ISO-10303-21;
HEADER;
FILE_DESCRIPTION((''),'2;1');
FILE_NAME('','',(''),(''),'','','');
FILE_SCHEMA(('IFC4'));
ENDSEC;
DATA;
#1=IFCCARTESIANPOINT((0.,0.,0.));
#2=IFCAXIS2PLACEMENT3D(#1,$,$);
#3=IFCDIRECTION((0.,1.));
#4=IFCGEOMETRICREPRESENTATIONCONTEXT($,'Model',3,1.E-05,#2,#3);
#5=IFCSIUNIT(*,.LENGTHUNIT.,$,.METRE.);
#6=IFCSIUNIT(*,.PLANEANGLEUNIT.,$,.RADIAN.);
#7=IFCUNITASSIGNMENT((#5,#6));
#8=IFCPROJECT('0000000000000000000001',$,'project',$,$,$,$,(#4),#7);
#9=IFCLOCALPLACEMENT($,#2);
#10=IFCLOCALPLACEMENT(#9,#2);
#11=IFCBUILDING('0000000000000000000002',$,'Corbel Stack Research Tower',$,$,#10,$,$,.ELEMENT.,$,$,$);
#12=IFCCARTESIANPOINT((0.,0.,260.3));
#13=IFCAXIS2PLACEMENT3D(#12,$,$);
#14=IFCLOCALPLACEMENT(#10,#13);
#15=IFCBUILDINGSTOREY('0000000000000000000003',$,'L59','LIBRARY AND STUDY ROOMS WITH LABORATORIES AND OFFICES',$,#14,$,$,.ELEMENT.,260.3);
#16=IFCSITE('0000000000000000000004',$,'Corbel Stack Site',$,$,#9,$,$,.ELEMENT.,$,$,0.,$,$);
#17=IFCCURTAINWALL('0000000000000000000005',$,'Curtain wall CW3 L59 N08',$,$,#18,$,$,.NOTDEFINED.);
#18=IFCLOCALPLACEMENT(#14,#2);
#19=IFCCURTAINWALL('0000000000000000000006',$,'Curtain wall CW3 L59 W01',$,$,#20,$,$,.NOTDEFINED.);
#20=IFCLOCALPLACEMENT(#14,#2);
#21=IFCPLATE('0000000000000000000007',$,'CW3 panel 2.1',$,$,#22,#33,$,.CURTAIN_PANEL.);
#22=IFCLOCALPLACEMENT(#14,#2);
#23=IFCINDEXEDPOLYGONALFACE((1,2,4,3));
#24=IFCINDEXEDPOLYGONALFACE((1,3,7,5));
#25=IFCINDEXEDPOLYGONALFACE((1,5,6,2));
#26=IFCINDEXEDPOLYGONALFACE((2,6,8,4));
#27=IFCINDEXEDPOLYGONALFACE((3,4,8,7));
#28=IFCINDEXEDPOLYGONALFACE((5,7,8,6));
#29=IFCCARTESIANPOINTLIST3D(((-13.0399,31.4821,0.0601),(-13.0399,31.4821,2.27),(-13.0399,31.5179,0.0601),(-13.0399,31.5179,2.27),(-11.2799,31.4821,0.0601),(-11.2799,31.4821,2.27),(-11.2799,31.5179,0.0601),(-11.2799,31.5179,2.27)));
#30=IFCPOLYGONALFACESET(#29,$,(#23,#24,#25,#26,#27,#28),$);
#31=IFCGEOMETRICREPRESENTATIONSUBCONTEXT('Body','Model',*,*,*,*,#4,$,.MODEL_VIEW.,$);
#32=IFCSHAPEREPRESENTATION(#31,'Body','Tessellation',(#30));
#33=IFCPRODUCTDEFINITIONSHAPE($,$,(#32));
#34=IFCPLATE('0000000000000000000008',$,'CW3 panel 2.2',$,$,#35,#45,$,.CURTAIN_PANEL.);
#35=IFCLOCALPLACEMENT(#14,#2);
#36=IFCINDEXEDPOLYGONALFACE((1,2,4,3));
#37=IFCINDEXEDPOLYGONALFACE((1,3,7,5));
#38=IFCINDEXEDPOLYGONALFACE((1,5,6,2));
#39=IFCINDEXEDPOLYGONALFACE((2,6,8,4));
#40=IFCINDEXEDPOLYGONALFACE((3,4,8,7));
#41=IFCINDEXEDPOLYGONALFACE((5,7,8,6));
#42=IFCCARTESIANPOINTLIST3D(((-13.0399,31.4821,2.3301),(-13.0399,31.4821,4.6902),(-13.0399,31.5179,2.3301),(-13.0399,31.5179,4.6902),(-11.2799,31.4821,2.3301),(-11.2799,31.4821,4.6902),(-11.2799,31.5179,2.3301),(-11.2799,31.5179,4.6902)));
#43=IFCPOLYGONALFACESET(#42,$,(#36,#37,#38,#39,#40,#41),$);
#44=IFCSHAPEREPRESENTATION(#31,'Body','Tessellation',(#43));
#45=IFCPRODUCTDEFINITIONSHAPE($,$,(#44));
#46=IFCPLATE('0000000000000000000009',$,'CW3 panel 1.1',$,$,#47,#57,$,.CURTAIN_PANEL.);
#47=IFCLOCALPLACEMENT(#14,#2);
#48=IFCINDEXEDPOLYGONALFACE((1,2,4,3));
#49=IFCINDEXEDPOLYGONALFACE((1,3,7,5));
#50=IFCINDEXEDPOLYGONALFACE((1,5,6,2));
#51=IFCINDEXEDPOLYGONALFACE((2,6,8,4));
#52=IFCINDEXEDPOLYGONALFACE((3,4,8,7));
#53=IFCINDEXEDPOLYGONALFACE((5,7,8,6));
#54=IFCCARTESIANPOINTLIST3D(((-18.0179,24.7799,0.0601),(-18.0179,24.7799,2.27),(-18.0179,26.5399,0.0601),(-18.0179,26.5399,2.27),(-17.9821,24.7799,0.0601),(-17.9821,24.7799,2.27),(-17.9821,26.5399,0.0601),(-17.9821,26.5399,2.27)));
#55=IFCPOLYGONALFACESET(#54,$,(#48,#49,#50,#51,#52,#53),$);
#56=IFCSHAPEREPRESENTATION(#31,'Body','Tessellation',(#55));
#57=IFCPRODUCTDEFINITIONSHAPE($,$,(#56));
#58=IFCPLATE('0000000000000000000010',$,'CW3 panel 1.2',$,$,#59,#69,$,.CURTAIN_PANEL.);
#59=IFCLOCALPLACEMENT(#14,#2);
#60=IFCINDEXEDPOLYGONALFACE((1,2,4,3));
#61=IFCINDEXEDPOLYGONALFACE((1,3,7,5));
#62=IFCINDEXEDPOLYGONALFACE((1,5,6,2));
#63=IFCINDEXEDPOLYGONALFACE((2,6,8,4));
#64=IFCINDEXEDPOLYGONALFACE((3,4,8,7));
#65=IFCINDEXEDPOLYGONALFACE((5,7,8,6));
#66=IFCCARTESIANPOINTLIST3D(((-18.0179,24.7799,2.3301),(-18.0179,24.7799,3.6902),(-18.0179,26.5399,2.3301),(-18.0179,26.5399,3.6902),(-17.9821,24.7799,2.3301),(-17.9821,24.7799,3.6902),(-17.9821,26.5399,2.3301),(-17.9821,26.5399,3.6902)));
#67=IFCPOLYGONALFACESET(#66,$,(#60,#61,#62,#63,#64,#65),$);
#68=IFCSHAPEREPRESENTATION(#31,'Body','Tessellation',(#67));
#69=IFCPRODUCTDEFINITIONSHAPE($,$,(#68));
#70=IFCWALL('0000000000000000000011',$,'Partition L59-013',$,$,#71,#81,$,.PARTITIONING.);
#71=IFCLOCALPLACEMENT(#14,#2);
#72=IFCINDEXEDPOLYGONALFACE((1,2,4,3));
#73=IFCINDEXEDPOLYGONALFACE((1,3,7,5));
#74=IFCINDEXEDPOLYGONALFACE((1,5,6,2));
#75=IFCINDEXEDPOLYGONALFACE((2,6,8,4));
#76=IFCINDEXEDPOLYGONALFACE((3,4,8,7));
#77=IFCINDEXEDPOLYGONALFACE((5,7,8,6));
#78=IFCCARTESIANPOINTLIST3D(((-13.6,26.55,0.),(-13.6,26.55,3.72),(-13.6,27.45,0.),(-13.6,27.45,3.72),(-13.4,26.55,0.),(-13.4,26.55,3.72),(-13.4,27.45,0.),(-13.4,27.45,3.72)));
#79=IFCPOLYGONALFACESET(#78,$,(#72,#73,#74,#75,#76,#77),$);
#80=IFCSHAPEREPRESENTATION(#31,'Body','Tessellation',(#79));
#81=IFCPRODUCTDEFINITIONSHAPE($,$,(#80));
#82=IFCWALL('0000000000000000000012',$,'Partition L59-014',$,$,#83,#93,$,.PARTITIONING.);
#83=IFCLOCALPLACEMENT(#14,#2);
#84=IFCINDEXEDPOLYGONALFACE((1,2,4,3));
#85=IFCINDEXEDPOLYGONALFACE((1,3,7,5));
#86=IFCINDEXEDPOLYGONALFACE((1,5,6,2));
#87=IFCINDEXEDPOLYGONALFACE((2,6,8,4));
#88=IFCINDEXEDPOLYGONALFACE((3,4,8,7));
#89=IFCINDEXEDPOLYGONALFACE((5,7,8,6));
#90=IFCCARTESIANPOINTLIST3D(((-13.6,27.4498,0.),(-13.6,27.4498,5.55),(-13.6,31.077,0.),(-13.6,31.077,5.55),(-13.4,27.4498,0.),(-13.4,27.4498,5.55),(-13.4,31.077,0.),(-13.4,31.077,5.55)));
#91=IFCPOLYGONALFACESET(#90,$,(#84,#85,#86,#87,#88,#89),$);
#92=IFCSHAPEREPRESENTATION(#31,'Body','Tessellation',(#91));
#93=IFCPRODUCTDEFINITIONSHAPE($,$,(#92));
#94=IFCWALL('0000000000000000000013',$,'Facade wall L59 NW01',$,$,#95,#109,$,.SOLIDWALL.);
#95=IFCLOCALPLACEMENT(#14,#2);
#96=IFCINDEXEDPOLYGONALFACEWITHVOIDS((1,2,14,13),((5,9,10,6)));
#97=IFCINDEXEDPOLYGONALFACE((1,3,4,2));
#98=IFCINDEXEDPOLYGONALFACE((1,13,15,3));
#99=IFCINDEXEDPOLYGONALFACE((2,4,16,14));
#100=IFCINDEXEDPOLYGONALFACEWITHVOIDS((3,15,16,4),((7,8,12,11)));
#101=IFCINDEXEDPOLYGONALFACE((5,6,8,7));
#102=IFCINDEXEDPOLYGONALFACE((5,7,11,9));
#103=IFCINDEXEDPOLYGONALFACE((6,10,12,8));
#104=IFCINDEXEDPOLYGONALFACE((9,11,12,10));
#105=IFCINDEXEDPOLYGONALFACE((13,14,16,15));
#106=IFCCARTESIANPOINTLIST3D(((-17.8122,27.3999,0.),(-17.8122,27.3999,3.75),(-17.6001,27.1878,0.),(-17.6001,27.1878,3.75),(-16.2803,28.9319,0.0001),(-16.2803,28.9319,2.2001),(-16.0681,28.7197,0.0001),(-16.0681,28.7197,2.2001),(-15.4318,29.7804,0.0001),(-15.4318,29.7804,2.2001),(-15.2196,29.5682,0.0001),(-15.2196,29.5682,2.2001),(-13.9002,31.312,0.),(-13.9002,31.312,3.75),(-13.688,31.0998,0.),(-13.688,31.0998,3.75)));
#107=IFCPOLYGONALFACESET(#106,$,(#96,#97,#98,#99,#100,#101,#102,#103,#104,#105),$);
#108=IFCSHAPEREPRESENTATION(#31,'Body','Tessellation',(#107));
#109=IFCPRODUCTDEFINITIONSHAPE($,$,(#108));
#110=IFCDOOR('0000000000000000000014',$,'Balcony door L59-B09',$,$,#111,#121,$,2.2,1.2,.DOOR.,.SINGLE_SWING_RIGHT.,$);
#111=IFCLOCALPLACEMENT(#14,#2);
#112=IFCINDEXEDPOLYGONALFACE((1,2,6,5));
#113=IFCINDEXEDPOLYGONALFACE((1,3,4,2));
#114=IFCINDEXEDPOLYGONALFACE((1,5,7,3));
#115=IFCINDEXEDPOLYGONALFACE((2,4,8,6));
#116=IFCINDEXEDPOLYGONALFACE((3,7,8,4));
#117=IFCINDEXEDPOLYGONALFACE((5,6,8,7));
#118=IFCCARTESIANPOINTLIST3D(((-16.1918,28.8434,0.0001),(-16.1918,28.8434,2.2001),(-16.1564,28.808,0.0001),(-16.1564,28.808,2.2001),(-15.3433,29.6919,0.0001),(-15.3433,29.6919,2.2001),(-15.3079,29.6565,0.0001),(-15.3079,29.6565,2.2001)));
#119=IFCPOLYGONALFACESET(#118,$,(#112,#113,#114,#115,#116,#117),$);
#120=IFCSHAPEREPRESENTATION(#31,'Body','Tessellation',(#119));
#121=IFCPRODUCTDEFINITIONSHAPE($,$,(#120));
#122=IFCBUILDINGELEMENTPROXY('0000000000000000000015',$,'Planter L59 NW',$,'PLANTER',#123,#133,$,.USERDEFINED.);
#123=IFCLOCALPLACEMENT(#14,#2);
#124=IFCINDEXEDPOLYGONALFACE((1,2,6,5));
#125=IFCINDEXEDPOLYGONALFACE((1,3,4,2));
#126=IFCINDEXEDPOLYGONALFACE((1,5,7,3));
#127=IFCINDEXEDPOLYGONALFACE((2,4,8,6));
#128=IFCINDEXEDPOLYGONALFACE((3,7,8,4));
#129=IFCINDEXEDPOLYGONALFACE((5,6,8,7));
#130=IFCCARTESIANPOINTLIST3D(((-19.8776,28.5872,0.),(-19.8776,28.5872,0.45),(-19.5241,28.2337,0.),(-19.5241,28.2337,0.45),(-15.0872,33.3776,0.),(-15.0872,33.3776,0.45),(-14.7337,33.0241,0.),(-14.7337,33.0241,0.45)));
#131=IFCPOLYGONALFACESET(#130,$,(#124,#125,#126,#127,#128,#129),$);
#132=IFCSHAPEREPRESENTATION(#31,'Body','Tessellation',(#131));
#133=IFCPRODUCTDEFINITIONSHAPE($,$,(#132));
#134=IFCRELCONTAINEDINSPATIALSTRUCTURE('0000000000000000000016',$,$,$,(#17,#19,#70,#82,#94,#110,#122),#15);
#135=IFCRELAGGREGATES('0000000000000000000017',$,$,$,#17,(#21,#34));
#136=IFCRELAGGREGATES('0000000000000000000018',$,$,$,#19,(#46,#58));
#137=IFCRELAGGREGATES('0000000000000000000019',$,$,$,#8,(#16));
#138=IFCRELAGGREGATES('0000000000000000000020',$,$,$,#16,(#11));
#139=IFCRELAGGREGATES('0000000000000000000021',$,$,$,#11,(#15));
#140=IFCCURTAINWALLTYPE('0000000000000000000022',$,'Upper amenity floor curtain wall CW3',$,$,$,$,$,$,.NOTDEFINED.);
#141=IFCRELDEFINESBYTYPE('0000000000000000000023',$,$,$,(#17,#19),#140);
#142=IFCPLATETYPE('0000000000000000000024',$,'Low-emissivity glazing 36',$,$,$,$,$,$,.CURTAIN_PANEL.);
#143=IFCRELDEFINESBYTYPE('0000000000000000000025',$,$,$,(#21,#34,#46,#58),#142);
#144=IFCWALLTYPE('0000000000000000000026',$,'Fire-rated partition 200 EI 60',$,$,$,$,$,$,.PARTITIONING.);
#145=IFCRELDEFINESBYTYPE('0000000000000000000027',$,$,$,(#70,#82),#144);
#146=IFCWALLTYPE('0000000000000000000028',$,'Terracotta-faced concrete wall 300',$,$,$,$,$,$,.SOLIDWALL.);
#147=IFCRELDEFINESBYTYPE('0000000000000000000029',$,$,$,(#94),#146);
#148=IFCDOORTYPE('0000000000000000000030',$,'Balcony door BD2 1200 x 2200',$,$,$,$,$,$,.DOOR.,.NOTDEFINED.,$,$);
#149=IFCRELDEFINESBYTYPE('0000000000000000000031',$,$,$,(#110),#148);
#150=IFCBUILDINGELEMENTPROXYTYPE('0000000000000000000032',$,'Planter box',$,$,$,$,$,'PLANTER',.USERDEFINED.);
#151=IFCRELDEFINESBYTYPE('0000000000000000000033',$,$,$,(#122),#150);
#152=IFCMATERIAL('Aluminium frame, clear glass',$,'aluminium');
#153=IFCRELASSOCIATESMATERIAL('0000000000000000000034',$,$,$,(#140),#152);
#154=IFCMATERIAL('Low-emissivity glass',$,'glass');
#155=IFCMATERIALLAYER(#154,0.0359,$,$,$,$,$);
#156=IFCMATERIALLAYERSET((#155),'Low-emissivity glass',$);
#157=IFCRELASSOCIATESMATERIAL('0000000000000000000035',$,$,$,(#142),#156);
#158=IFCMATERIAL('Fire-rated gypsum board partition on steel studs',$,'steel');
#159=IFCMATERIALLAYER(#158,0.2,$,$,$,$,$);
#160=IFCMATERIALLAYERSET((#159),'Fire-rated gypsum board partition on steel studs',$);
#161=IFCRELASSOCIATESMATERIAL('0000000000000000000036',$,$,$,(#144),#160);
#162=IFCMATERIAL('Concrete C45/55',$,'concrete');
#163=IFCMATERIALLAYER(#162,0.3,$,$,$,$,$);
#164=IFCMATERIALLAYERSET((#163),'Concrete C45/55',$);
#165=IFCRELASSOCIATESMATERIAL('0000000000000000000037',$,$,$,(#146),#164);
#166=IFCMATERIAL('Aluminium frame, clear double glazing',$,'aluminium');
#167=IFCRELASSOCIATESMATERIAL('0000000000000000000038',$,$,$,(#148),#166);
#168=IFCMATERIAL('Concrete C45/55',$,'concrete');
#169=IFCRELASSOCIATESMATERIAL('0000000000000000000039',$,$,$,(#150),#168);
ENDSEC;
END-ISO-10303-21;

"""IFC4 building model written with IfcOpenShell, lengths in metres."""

from ifc_helpers import new_model, si_unit, direction, frame, frame_2d, origin, origin_2d, place, context, subcontext, project, spatial, rectangle, extrude, material, layer, layer_set, type_object, element, fill, aggregate, save


model = new_model("IFC4")

# Units and contexts
model_context = context("Model", 3, precision=1e-05, world=origin(), true_north=direction((0.0, 1.0)))
body_context = subcontext(model_context, "Body", "Model", "MODEL_VIEW")
ifc_project = project(units=[si_unit("LENGTHUNIT", "METRE"), si_unit("PLANEANGLEUNIT", "RADIAN")], contexts=[model_context])

# Site, building, storey
site_placement = place(None, origin())
site = spatial("IfcSite", under=ifc_project, at=site_placement, Name="Corbel Stack Site", CompositionType="ELEMENT", RefElevation=0.0)
building_placement = place(site_placement, origin())
building = spatial("IfcBuilding", under=site, at=building_placement, Name="Corbel Stack Research Tower", CompositionType="ELEMENT")
storey_placement = place(building_placement, frame((0.0, 0.0, 260.3)))
storey = spatial("IfcBuildingStorey", under=building, at=storey_placement, Name="L59", Description="LIBRARY AND STUDY ROOMS WITH LABORATORIES AND OFFICES", CompositionType="ELEMENT", Elevation=260.3)

# Curtain wall
ifc_material_1 = material(Name="Aluminium frame, clear glass", Category="aluminium")
curtain_wall_type = type_object("IfcCurtainWallType", Name="Upper amenity floor curtain wall CW3", PredefinedType="NOTDEFINED", material=ifc_material_1)
curtain_wall_1_placement = place(storey_placement, origin())
curtain_wall_1 = element("IfcCurtainWall", 1, at=curtain_wall_1_placement, inside=storey, type_object=curtain_wall_type, Name="Curtain wall CW3 L59 N08", PredefinedType="NOTDEFINED")

# Curtain wall
curtain_wall_2_placement = place(storey_placement, origin())
curtain_wall_2 = element("IfcCurtainWall", 2, at=curtain_wall_2_placement, inside=storey, type_object=curtain_wall_type, Name="Curtain wall CW3 L59 W01", PredefinedType="NOTDEFINED")

# Plates
ifc_material_2 = material(Name="Low-emissivity glass", Category="glass")
ifc_layer_1 = layer(ifc_material_2, 0.0359)
ifc_layer_set_1 = layer_set([ifc_layer_1], Name="Low-emissivity glass")
plate_type = type_object("IfcPlateType", Name="Low-emissivity glazing 36", PredefinedType="CURTAIN_PANEL", material=ifc_layer_set_1)
plate_1_placement = place(storey_placement, frame((-12.1599, 31.5, 0.0601), z_axis=(0.0, 0.0, 1.0), x_axis=(-1.0, 0.0, 0.0)))
plate_1 = element("IfcPlate", 3, at=plate_1_placement, type_object=plate_type, Name="CW3 panel 2.1", PredefinedType="CURTAIN_PANEL", context=body_context, shape_type="SweptSolid", body=[
    extrude(rectangle(XDim=1.76, YDim=0.0359, at=origin_2d()), origin(), (0.0, 0.0, 1.0), 2.21),
])
plate_2_placement = place(storey_placement, frame((-12.1599, 31.5, 2.3301), z_axis=(0.0, 0.0, 1.0), x_axis=(-1.0, 0.0, 0.0)))
plate_2 = element("IfcPlate", 4, at=plate_2_placement, type_object=plate_type, Name="CW3 panel 2.2", PredefinedType="CURTAIN_PANEL", context=body_context, shape_type="SweptSolid", body=[
    extrude(rectangle(XDim=1.76, YDim=0.0359, at=origin_2d()), origin(), (0.0, 0.0, 1.0), 2.3601),
])
aggregate(curtain_wall_1, [plate_1, plate_2])
plate_3_placement = place(storey_placement, frame((-18.0, 25.6599, 0.0601), z_axis=(0.0, 0.0, 1.0), x_axis=(0.0, -1.0, 0.0)))
plate_3 = element("IfcPlate", 5, at=plate_3_placement, type_object=plate_type, Name="CW3 panel 1.1", PredefinedType="CURTAIN_PANEL", context=body_context, shape_type="SweptSolid", body=[
    extrude(rectangle(XDim=1.76, YDim=0.0359, at=origin_2d()), origin(), (0.0, 0.0, 1.0), 2.21),
])
plate_4_placement = place(storey_placement, frame((-18.0, 25.6599, 2.3301), z_axis=(0.0, 0.0, 1.0), x_axis=(0.0, -1.0, 0.0)))
plate_4 = element("IfcPlate", 6, at=plate_4_placement, type_object=plate_type, Name="CW3 panel 1.2", PredefinedType="CURTAIN_PANEL", context=body_context, shape_type="SweptSolid", body=[
    extrude(rectangle(XDim=1.76, YDim=0.0359, at=origin_2d()), origin(), (0.0, 0.0, 1.0), 1.3601),
])
aggregate(curtain_wall_2, [plate_3, plate_4])

# Walls
ifc_material_3 = material(Name="Fire-rated gypsum board partition on steel studs", Category="steel")
ifc_layer_2 = layer(ifc_material_3, 0.2)
ifc_layer_set_2 = layer_set([ifc_layer_2], Name="Fire-rated gypsum board partition on steel studs")
wall_type_1 = type_object("IfcWallType", Name="Fire-rated partition 200 EI 60", PredefinedType="PARTITIONING", material=ifc_layer_set_2)
wall_1_placement = place(storey_placement, frame((-13.5, 26.55, 0.0), z_axis=(0.0, 0.0, 1.0), x_axis=(0.0, 1.0, 0.0)))
element("IfcWall", 7, at=wall_1_placement, inside=storey, type_object=wall_type_1, Name="Partition L59-013", PredefinedType="PARTITIONING", context=body_context, shape_type="SweptSolid", body=[
    extrude(rectangle(XDim=0.8999, YDim=0.2, at=frame_2d((0.45, 0.0))), origin(), (0.0, 0.0, 1.0), 3.72),
])
wall_2_placement = place(storey_placement, frame((-13.5, 27.45, 0.0), z_axis=(0.0, 0.0, 1.0), x_axis=(0.0, 1.0, 0.0)))
element("IfcWall", 8, at=wall_2_placement, inside=storey, type_object=wall_type_1, Name="Partition L59-014", PredefinedType="PARTITIONING", context=body_context, shape_type="SweptSolid", body=[
    extrude(rectangle(XDim=3.6272, YDim=0.2, at=frame_2d((1.8135, 0.0))), origin(), (0.0, 0.0, 1.0), 5.55),
])

# Wall, opening, door
ifc_material_4 = material(Name="Concrete C45/55", Category="concrete")
ifc_layer_3 = layer(ifc_material_4, 0.3)
ifc_layer_set_3 = layer_set([ifc_layer_3], Name="Concrete C45/55")
wall_type_2 = type_object("IfcWallType", Name="Terracotta-faced concrete wall 300", PredefinedType="SOLIDWALL", material=ifc_layer_set_3)
wall_3_placement = place(storey_placement, frame((-17.7061, 27.2939, 0.0), z_axis=(0.0, 0.0, 1.0), x_axis=(0.707107, 0.707107, 0.0)))
wall_3 = element("IfcWall", 9, at=wall_3_placement, inside=storey, type_object=wall_type_2, Name="Facade wall L59 NW01", PredefinedType="SOLIDWALL", context=body_context, shape_type="SweptSolid", body=[
    extrude(rectangle(XDim=5.5325, YDim=0.3, at=frame_2d((2.7661, 0.0))), origin(), (0.0, 0.0, 1.0), 3.75),
])
opening_placement = place(wall_3_placement, frame((2.1663, 0.0, 0.0)))
opening = element("IfcOpeningElement", 10, at=opening_placement, cuts=wall_3, PredefinedType="OPENING", context=body_context, shape_type="SweptSolid", body=[
    extrude(rectangle(XDim=1.2, YDim=2.2, at=frame_2d((0.6001, 1.1001))), frame((0.0, 0.1599, 0.0), z_axis=(0.0, -1.0, 0.0), x_axis=(1.0, 0.0, 0.0)), (0.0, 0.0, 1.0), 0.3201),
])
ifc_material_5 = material(Name="Aluminium frame, clear double glazing", Category="aluminium")
door_type = type_object("IfcDoorType", Name="Balcony door BD2 1200 x 2200", OperationType="NOTDEFINED", PredefinedType="DOOR", material=ifc_material_5)
door_placement = place(opening_placement, origin())
door = element("IfcDoor", 11, at=door_placement, inside=storey, type_object=door_type, Name="Balcony door L59-B09", OperationType="SINGLE_SWING_RIGHT", OverallHeight=2.2, OverallWidth=1.2, PredefinedType="DOOR", context=body_context, shape_type="SweptSolid", body=[
    extrude(rectangle(XDim=1.2, YDim=2.2, at=frame_2d((0.6001, 1.1001))), frame((0.0, 0.0249, 0.0), z_axis=(0.0, -1.0, 0.0), x_axis=(1.0, 0.0, 0.0)), (0.0, 0.0, 1.0), 0.05),
])
fill(opening, door)

# Building element proxy
ifc_material_6 = material(Name="Concrete C45/55", Category="concrete")
building_element_proxy_type = type_object("IfcBuildingElementProxyType", Name="Planter box", ElementType="PLANTER", PredefinedType="USERDEFINED", material=ifc_material_6)
proxy_placement = place(storey_placement, frame((-17.3057, 30.8057, 0.0), z_axis=(0.0, 0.0, 1.0), x_axis=(-0.707107, -0.707107, 0.0)))
element("IfcBuildingElementProxy", 12, at=proxy_placement, inside=storey, type_object=building_element_proxy_type, Name="Planter L59 NW", ObjectType="PLANTER", PredefinedType="USERDEFINED", context=body_context, shape_type="SweptSolid", body=[
    extrude(rectangle(XDim=6.7747, YDim=0.5, at=origin_2d()), origin(), (0.0, 0.0, 1.0), 0.45),
])

save(model, "model.ifc")
